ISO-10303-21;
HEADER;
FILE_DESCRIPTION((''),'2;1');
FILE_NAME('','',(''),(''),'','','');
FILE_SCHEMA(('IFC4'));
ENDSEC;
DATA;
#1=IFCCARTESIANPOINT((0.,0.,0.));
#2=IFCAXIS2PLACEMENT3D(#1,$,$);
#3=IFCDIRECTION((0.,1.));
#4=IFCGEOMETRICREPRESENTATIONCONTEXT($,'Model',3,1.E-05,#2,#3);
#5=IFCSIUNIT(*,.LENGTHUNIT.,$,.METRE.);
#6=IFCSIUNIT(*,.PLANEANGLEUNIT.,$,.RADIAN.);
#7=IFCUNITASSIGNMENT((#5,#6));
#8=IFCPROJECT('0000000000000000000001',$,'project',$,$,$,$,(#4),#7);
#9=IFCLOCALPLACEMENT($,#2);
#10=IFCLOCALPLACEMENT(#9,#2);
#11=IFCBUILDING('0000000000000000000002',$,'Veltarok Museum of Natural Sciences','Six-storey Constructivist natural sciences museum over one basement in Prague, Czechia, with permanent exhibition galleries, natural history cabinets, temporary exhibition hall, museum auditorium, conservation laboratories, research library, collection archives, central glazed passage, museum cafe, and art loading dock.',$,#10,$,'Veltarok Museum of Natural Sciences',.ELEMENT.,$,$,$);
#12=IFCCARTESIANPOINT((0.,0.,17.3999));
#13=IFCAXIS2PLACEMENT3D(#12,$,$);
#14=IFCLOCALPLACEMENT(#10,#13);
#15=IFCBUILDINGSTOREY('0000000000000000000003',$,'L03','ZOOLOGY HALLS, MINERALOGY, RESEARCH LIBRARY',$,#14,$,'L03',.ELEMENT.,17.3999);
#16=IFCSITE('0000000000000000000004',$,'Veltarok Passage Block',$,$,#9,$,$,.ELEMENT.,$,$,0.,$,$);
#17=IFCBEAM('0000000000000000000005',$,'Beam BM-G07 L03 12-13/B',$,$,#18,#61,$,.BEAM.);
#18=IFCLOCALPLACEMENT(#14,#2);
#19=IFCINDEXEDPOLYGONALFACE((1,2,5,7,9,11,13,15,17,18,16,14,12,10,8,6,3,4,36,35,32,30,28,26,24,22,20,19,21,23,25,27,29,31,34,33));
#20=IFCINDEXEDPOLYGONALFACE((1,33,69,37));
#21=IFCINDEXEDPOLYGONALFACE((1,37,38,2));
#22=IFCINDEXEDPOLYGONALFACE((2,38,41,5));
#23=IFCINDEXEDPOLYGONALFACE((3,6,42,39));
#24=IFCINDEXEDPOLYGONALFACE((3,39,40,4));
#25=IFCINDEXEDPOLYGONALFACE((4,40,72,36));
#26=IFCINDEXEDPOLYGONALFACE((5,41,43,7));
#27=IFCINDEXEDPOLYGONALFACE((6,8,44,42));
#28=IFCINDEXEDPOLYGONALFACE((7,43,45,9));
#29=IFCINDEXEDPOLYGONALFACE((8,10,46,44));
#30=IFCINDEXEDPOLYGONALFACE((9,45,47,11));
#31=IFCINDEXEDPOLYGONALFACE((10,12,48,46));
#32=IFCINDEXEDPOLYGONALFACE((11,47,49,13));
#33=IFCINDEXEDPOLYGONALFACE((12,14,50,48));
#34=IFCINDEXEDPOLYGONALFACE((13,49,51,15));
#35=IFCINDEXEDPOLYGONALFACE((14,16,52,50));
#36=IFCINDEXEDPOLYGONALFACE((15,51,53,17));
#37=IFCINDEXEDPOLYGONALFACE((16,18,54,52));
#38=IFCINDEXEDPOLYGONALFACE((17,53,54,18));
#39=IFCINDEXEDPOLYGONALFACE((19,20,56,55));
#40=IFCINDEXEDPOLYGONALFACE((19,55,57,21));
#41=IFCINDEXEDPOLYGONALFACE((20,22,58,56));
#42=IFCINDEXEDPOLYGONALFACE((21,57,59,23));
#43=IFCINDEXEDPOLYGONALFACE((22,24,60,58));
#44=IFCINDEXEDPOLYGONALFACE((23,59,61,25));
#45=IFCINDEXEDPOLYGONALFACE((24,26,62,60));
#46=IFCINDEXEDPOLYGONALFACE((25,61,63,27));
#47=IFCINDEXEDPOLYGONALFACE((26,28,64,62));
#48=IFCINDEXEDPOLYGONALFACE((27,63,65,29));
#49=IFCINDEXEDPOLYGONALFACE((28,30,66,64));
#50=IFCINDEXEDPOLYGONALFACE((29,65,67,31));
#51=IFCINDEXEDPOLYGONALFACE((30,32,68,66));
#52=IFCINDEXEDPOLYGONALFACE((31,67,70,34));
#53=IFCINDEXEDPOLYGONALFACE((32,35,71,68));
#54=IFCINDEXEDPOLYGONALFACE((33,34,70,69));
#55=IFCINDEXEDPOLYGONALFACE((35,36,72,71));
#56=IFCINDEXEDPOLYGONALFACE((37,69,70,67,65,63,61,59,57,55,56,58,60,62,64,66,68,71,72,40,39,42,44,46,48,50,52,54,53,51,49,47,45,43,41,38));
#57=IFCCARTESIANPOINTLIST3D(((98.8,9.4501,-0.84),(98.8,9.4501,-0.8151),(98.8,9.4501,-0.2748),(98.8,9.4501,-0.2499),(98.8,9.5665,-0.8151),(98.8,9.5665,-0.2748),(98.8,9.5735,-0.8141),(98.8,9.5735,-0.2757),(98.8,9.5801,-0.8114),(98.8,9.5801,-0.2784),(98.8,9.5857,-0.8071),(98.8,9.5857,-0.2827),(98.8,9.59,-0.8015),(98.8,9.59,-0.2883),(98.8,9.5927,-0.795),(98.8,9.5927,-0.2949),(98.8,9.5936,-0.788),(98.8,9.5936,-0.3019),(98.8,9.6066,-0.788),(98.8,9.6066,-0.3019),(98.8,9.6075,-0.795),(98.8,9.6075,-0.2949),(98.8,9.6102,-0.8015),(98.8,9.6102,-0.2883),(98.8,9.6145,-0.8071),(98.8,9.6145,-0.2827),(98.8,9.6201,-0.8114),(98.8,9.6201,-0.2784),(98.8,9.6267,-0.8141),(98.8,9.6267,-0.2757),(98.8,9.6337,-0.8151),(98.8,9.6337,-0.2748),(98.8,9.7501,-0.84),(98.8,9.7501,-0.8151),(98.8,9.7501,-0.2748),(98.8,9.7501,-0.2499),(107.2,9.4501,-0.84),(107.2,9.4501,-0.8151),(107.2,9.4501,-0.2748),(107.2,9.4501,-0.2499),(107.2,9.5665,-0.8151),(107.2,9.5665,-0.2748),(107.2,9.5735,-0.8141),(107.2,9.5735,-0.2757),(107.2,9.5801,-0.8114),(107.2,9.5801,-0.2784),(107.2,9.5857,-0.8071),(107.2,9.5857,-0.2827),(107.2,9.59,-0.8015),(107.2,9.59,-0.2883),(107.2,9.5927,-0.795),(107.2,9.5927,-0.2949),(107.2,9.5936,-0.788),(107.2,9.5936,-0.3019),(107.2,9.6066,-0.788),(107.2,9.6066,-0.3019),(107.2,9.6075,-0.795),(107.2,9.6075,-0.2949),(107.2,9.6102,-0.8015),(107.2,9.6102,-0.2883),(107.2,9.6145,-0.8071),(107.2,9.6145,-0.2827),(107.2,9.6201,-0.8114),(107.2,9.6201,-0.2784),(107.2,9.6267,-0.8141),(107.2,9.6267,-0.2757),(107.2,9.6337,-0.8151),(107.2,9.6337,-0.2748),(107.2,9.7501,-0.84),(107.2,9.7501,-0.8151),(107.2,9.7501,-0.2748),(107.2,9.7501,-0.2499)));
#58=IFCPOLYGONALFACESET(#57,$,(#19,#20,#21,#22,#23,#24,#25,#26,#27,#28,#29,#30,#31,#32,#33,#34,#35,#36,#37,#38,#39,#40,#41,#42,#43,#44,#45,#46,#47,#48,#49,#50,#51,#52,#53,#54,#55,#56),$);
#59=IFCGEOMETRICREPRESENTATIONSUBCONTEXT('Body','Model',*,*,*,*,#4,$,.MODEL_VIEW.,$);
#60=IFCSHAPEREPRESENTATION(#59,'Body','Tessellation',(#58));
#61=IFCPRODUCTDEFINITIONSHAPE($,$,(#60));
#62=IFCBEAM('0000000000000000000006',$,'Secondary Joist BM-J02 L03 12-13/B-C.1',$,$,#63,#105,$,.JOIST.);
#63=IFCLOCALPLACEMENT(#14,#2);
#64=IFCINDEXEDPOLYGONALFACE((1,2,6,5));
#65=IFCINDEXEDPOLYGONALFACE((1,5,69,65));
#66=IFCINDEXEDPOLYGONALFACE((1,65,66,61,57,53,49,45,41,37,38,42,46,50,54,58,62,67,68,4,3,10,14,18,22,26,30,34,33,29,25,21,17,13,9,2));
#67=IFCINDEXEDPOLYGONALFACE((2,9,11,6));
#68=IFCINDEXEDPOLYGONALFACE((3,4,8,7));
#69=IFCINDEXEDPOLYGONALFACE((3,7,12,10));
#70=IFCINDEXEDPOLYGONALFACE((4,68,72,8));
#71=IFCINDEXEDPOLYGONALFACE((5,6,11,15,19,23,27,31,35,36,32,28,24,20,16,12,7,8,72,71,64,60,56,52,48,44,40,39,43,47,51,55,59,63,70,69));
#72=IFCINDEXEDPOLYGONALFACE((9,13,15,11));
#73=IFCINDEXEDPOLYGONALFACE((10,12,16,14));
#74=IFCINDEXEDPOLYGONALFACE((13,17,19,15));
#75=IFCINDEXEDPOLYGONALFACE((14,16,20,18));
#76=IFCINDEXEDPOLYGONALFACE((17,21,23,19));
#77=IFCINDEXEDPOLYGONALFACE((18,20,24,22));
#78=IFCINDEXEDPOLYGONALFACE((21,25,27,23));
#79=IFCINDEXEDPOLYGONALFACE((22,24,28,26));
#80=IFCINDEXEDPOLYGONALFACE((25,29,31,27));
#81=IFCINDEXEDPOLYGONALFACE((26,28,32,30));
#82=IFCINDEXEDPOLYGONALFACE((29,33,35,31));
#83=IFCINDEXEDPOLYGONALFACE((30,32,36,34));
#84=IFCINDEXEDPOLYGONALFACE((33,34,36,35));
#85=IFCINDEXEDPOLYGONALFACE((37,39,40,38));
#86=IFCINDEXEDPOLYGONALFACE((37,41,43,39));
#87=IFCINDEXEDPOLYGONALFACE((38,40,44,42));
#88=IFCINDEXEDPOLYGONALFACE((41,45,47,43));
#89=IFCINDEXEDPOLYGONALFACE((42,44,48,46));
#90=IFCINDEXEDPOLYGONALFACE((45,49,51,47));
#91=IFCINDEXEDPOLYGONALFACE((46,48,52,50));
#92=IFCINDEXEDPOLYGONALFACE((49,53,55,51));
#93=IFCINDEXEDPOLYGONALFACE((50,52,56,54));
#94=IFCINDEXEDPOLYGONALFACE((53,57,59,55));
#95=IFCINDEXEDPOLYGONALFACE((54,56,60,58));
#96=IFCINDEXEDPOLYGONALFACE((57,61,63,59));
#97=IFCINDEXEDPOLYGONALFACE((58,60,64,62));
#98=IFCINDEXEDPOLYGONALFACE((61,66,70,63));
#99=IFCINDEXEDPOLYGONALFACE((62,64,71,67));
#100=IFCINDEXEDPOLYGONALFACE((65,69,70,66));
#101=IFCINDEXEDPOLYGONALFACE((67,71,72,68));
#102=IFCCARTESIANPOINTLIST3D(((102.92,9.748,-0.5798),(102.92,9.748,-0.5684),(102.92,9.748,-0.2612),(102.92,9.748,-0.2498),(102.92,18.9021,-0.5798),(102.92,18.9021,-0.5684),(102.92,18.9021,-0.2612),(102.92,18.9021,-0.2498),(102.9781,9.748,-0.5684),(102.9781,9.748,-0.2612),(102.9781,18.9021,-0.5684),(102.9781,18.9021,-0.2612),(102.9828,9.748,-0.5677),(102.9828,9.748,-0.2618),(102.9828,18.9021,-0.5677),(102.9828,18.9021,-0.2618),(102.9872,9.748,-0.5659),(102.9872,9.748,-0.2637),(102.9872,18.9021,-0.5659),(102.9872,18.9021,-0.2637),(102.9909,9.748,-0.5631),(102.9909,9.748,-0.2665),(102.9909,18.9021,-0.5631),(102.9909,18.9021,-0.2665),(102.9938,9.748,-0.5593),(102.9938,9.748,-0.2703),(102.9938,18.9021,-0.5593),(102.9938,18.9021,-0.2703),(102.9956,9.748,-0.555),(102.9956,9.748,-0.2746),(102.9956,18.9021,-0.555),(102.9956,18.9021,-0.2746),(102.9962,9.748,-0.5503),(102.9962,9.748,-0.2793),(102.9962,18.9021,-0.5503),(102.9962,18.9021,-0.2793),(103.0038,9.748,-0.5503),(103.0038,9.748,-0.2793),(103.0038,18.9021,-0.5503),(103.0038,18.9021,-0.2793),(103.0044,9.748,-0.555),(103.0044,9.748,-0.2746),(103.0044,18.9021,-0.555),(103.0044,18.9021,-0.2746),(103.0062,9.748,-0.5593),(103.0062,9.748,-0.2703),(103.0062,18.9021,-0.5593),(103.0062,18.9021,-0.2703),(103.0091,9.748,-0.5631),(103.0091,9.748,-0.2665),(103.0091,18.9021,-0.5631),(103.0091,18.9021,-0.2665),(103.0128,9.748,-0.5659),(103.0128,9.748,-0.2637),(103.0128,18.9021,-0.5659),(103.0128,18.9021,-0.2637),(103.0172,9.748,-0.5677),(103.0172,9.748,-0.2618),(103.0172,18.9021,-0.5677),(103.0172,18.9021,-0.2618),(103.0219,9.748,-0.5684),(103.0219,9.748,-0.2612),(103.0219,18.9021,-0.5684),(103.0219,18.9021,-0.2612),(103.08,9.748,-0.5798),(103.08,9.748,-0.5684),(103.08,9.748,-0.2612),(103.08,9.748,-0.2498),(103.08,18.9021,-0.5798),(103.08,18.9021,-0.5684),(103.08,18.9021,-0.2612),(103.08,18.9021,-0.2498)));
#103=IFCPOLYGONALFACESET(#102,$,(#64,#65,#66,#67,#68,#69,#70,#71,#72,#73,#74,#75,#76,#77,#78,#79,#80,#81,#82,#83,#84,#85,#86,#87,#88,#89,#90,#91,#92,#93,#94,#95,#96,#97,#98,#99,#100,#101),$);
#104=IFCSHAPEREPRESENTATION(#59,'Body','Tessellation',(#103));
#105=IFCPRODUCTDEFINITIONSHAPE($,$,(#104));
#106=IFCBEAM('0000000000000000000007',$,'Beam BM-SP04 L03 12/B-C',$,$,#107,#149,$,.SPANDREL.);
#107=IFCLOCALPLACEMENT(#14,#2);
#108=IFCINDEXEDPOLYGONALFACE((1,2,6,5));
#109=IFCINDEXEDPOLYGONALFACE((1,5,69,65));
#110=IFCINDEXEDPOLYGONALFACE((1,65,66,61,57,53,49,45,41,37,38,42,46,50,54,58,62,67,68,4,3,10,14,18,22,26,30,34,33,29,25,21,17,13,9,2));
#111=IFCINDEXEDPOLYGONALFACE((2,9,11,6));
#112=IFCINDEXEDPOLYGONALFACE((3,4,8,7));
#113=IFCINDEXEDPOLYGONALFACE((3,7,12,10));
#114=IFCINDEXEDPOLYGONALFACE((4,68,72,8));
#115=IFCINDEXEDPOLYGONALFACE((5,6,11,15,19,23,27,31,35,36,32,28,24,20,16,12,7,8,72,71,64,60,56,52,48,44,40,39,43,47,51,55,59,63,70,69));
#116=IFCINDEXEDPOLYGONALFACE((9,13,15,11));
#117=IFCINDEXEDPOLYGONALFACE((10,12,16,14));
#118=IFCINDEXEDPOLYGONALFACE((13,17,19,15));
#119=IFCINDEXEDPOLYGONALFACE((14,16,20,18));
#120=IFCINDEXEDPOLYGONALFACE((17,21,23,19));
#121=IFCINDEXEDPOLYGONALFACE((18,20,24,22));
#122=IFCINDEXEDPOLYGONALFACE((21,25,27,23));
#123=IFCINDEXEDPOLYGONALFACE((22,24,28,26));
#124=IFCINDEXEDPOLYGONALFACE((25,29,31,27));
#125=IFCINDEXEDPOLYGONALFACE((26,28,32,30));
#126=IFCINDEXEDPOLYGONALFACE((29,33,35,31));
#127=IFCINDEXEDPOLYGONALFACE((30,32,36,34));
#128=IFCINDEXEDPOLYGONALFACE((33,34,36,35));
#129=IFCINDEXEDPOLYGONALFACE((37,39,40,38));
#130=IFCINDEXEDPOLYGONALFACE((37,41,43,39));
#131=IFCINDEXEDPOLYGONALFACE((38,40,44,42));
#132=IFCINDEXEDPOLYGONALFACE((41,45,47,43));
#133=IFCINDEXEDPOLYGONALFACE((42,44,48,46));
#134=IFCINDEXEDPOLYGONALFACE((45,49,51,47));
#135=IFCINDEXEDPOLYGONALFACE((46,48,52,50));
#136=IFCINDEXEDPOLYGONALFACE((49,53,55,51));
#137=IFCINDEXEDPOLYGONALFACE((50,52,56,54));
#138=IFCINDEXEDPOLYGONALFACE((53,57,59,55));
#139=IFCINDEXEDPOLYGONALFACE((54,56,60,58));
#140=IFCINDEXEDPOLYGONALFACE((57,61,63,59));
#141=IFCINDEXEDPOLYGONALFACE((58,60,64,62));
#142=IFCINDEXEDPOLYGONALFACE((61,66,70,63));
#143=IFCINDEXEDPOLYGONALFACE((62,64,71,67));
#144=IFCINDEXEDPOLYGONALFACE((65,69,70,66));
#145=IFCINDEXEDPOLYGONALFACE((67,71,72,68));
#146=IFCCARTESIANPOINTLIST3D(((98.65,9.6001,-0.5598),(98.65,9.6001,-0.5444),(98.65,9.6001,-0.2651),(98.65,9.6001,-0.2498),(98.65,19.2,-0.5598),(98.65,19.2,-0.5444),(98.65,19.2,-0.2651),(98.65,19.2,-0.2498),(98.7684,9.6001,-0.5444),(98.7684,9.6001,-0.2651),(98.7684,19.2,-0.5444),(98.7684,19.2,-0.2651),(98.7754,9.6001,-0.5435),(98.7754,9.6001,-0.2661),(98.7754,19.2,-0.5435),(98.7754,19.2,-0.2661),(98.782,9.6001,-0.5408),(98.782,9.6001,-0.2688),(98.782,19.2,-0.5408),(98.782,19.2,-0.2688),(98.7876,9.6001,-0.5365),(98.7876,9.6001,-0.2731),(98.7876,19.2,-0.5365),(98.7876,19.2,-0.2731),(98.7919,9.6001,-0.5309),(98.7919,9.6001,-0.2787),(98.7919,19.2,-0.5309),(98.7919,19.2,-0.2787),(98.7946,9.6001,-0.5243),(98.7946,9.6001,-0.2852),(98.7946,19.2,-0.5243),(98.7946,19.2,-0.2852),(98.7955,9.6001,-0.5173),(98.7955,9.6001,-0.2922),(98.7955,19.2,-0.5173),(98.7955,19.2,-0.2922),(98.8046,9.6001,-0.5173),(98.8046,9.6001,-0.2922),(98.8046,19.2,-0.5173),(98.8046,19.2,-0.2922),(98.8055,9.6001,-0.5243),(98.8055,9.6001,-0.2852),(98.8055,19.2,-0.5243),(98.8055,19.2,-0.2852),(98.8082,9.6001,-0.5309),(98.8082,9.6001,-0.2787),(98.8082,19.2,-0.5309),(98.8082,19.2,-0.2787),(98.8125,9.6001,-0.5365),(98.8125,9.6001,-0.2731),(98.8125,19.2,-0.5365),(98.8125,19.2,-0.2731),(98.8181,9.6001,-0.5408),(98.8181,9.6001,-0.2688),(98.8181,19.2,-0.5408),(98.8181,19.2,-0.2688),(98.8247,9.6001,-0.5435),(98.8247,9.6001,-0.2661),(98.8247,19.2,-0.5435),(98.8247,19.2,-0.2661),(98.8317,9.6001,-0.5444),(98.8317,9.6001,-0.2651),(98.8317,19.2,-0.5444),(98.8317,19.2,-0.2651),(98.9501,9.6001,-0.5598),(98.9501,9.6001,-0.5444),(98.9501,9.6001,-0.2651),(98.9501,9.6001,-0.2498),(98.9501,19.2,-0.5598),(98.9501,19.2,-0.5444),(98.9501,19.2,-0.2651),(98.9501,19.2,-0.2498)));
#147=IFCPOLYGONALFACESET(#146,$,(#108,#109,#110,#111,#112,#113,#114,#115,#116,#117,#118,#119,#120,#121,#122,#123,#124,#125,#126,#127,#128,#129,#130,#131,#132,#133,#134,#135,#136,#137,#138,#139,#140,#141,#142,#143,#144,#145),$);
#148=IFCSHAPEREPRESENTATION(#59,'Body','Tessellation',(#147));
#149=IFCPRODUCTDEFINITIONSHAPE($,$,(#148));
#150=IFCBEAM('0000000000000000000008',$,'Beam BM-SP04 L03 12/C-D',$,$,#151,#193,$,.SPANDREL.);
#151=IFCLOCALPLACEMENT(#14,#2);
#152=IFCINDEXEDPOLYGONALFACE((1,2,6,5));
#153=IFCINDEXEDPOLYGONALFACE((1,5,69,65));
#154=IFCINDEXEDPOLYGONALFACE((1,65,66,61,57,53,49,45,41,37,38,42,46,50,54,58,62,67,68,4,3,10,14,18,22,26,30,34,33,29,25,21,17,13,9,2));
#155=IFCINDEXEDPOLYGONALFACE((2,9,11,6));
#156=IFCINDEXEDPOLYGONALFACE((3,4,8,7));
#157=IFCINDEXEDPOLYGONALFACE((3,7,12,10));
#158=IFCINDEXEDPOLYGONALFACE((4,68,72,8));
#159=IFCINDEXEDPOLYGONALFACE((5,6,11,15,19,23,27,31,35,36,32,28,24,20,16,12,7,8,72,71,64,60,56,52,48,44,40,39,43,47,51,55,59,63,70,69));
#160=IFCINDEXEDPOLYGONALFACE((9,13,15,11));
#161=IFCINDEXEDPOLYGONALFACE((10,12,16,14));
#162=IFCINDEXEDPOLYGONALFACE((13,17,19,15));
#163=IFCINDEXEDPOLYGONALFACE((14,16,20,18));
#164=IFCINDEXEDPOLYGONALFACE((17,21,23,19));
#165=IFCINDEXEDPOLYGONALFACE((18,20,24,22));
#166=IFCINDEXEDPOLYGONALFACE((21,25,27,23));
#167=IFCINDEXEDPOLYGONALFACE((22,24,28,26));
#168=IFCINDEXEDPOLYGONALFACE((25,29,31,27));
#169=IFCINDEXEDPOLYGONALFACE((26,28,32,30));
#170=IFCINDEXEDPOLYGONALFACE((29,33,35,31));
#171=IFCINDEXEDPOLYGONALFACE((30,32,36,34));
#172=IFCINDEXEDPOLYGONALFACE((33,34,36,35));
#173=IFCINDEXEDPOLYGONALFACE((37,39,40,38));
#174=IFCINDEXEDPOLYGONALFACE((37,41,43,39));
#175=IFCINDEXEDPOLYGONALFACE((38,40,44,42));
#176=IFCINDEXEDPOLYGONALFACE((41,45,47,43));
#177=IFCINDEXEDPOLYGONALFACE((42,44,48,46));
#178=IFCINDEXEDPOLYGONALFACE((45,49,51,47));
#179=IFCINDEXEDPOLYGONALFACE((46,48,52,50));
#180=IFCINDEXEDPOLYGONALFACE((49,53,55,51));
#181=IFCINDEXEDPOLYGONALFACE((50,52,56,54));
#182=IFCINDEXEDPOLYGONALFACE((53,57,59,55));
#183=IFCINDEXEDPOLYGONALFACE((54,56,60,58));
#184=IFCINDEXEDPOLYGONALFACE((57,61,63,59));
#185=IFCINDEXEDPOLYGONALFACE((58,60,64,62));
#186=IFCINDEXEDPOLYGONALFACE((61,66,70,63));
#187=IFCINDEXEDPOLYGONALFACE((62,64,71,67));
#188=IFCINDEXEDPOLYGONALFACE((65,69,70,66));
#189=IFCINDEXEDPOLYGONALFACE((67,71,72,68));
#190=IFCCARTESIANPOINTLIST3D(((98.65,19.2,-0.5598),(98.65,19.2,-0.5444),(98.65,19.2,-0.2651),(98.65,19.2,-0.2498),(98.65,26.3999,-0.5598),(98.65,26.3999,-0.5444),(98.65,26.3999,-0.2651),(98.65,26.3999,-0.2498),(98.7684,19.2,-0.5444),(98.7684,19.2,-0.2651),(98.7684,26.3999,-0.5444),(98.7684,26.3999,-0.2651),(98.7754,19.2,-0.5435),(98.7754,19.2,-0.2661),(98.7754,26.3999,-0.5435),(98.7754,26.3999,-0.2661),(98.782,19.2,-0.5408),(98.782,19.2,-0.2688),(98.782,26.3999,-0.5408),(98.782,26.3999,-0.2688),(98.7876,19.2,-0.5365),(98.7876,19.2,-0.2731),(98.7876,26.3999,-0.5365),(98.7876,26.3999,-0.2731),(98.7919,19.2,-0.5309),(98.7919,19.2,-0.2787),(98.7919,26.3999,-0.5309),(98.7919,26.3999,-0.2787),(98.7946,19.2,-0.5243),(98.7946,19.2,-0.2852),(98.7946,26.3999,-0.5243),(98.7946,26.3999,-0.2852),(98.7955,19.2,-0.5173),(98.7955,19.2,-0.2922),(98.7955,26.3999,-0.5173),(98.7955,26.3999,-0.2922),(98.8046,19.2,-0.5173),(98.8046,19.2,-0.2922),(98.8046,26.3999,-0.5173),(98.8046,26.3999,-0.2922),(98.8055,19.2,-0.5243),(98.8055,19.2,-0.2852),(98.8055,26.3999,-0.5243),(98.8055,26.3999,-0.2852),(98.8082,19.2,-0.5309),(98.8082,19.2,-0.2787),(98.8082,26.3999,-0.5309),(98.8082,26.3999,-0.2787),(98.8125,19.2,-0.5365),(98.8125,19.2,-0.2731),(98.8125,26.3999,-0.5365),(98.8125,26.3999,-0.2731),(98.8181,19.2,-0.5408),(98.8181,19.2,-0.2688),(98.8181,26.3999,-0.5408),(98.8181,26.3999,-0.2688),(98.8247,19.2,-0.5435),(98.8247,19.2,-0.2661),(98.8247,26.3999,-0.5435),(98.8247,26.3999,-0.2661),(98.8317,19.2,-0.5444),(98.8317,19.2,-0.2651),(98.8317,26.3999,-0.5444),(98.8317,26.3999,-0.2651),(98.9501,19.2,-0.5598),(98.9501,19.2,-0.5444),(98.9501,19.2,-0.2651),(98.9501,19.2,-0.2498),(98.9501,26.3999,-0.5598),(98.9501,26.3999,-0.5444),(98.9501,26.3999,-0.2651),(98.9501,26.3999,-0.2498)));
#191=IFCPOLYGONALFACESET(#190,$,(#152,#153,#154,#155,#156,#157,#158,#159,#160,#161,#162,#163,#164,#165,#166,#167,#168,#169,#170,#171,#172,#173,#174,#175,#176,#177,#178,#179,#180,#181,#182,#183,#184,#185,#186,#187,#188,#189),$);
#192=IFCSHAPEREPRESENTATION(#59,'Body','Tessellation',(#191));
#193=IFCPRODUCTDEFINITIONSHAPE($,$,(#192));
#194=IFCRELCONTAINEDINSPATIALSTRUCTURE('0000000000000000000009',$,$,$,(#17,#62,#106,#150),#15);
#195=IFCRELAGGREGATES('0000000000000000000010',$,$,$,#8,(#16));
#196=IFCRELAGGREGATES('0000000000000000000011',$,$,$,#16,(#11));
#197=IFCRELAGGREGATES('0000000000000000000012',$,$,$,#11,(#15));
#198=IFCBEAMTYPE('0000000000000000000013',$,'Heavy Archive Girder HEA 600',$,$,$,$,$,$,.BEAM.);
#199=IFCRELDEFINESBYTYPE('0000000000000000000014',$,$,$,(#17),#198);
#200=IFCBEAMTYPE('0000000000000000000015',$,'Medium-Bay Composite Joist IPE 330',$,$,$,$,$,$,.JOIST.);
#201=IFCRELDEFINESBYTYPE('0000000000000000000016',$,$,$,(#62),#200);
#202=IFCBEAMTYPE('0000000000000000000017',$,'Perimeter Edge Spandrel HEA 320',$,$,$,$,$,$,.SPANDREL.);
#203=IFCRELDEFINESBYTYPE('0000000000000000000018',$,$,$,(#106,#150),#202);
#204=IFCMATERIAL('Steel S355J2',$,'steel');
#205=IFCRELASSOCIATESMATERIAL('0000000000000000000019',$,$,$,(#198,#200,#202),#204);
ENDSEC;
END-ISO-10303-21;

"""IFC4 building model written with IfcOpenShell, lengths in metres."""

from ifc_helpers import new_model, si_unit, direction, frame, origin, origin_2d, place, context, subcontext, project, spatial, i_section, extrude, material, material_profile, profile_set, type_object, element, save


model = new_model("IFC4")

# Units and contexts
model_context = context("Model", 3, precision=1e-05, world=origin(), true_north=direction((0.0, 1.0)))
body_context = subcontext(model_context, "Body", "Model", "MODEL_VIEW")
ifc_project = project(units=[si_unit("LENGTHUNIT", "METRE"), si_unit("PLANEANGLEUNIT", "RADIAN")], contexts=[model_context])

# Site, building, storey
site_placement = place(None, origin())
site = spatial("IfcSite", under=ifc_project, at=site_placement, Name="Veltarok Passage Block", CompositionType="ELEMENT", RefElevation=0.0)
building_placement = place(site_placement, origin())
building = spatial("IfcBuilding", under=site, at=building_placement, Name="Veltarok Museum of Natural Sciences", Description="Six-storey Constructivist natural sciences museum over one basement in Prague, Czechia, with permanent exhibition galleries, natural history cabinets, temporary exhibition hall, museum auditorium, conservation laboratories, research library, collection archives, central glazed passage, museum cafe, and art loading dock.", LongName="Veltarok Museum of Natural Sciences", CompositionType="ELEMENT")
storey_placement = place(building_placement, frame((0.0, 0.0, 17.3999)))
storey = spatial("IfcBuildingStorey", under=building, at=storey_placement, Name="L03", Description="ZOOLOGY HALLS, MINERALOGY, RESEARCH LIBRARY", LongName="L03", CompositionType="ELEMENT", Elevation=17.3999)

# Shared definitions
ifc_material_1 = material(Name="Steel S355J2", Category="steel")

# Beams
ifc_material_profile_1 = material_profile(ifc_material_1, i_section(OverallWidth=0.3, OverallDepth=0.5901, WebThickness=0.0129, FlangeThickness=0.0249, FilletRadius=0.0271, at=origin_2d()), Name="HEA 600")
ifc_profile_set_1 = profile_set([ifc_material_profile_1], Name="Steel S355J2")
beam_type_1 = type_object("IfcBeamType", Name="Heavy Archive Girder HEA 600", PredefinedType="BEAM", material=ifc_profile_set_1)
beam_1_placement = place(storey_placement, frame((98.8, 9.6001, -0.5449), z_axis=(1.0, 0.0, 0.0), x_axis=(0.0, 1.0, 0.0)))
element("IfcBeam", 1, at=beam_1_placement, inside=storey, type_object=beam_type_1, Name="Beam BM-G07 L03 12-13/B", PredefinedType="BEAM", context=body_context, shape_type="SweptSolid", body=[
    extrude(i_section(OverallWidth=0.3, OverallDepth=0.5901, WebThickness=0.0129, FlangeThickness=0.0249, FilletRadius=0.0271, at=origin_2d()), origin(), (0.0, 0.0, 1.0), 8.3999),
])
ifc_material_profile_2 = material_profile(ifc_material_1, i_section(OverallWidth=0.1599, OverallDepth=0.3301, WebThickness=0.0076, FlangeThickness=0.0115, FilletRadius=0.0181, at=origin_2d()), Name="IPE 330")
ifc_profile_set_2 = profile_set([ifc_material_profile_2], Name="Steel S355J2")
beam_type_2 = type_object("IfcBeamType", Name="Medium-Bay Composite Joist IPE 330", PredefinedType="JOIST", material=ifc_profile_set_2)
beam_2_placement = place(storey_placement, frame((103.0, 9.748, -0.4148), z_axis=(0.0, 1.0, 0.0), x_axis=(-1.0, 0.0, 0.0)))
element("IfcBeam", 2, at=beam_2_placement, inside=storey, type_object=beam_type_2, Name="Secondary Joist BM-J02 L03 12-13/B-C.1", PredefinedType="JOIST", context=body_context, shape_type="SweptSolid", body=[
    extrude(i_section(OverallWidth=0.1599, OverallDepth=0.3301, WebThickness=0.0076, FlangeThickness=0.0115, FilletRadius=0.0181, at=origin_2d()), origin(), (0.0, 0.0, 1.0), 9.1541),
])
ifc_material_profile_3 = material_profile(ifc_material_1, i_section(OverallWidth=0.3, OverallDepth=0.3101, WebThickness=0.009, FlangeThickness=0.0154, FilletRadius=0.0271, at=origin_2d()), Name="HEA 320")
ifc_profile_set_3 = profile_set([ifc_material_profile_3], Name="Steel S355J2")
beam_type_3 = type_object("IfcBeamType", Name="Perimeter Edge Spandrel HEA 320", PredefinedType="SPANDREL", material=ifc_profile_set_3)
beam_3_placement = place(storey_placement, frame((98.8, 9.6001, -0.4048), z_axis=(0.0, 1.0, 0.0), x_axis=(-1.0, 0.0, 0.0)))
element("IfcBeam", 3, at=beam_3_placement, inside=storey, type_object=beam_type_3, Name="Beam BM-SP04 L03 12/B-C", PredefinedType="SPANDREL", context=body_context, shape_type="SweptSolid", body=[
    extrude(i_section(OverallWidth=0.3, OverallDepth=0.3101, WebThickness=0.009, FlangeThickness=0.0154, FilletRadius=0.0271, at=origin_2d()), origin(), (0.0, 0.0, 1.0), 9.5999),
])
beam_4_placement = place(storey_placement, frame((98.8, 19.2, -0.4048), z_axis=(0.0, 1.0, 0.0), x_axis=(-1.0, 0.0, 0.0)))
element("IfcBeam", 4, at=beam_4_placement, inside=storey, type_object=beam_type_3, Name="Beam BM-SP04 L03 12/C-D", PredefinedType="SPANDREL", context=body_context, shape_type="SweptSolid", body=[
    extrude(i_section(OverallWidth=0.3, OverallDepth=0.3101, WebThickness=0.009, FlangeThickness=0.0154, FilletRadius=0.0271, at=origin_2d()), origin(), (0.0, 0.0, 1.0), 7.2),
])

save(model, "model.ifc")
